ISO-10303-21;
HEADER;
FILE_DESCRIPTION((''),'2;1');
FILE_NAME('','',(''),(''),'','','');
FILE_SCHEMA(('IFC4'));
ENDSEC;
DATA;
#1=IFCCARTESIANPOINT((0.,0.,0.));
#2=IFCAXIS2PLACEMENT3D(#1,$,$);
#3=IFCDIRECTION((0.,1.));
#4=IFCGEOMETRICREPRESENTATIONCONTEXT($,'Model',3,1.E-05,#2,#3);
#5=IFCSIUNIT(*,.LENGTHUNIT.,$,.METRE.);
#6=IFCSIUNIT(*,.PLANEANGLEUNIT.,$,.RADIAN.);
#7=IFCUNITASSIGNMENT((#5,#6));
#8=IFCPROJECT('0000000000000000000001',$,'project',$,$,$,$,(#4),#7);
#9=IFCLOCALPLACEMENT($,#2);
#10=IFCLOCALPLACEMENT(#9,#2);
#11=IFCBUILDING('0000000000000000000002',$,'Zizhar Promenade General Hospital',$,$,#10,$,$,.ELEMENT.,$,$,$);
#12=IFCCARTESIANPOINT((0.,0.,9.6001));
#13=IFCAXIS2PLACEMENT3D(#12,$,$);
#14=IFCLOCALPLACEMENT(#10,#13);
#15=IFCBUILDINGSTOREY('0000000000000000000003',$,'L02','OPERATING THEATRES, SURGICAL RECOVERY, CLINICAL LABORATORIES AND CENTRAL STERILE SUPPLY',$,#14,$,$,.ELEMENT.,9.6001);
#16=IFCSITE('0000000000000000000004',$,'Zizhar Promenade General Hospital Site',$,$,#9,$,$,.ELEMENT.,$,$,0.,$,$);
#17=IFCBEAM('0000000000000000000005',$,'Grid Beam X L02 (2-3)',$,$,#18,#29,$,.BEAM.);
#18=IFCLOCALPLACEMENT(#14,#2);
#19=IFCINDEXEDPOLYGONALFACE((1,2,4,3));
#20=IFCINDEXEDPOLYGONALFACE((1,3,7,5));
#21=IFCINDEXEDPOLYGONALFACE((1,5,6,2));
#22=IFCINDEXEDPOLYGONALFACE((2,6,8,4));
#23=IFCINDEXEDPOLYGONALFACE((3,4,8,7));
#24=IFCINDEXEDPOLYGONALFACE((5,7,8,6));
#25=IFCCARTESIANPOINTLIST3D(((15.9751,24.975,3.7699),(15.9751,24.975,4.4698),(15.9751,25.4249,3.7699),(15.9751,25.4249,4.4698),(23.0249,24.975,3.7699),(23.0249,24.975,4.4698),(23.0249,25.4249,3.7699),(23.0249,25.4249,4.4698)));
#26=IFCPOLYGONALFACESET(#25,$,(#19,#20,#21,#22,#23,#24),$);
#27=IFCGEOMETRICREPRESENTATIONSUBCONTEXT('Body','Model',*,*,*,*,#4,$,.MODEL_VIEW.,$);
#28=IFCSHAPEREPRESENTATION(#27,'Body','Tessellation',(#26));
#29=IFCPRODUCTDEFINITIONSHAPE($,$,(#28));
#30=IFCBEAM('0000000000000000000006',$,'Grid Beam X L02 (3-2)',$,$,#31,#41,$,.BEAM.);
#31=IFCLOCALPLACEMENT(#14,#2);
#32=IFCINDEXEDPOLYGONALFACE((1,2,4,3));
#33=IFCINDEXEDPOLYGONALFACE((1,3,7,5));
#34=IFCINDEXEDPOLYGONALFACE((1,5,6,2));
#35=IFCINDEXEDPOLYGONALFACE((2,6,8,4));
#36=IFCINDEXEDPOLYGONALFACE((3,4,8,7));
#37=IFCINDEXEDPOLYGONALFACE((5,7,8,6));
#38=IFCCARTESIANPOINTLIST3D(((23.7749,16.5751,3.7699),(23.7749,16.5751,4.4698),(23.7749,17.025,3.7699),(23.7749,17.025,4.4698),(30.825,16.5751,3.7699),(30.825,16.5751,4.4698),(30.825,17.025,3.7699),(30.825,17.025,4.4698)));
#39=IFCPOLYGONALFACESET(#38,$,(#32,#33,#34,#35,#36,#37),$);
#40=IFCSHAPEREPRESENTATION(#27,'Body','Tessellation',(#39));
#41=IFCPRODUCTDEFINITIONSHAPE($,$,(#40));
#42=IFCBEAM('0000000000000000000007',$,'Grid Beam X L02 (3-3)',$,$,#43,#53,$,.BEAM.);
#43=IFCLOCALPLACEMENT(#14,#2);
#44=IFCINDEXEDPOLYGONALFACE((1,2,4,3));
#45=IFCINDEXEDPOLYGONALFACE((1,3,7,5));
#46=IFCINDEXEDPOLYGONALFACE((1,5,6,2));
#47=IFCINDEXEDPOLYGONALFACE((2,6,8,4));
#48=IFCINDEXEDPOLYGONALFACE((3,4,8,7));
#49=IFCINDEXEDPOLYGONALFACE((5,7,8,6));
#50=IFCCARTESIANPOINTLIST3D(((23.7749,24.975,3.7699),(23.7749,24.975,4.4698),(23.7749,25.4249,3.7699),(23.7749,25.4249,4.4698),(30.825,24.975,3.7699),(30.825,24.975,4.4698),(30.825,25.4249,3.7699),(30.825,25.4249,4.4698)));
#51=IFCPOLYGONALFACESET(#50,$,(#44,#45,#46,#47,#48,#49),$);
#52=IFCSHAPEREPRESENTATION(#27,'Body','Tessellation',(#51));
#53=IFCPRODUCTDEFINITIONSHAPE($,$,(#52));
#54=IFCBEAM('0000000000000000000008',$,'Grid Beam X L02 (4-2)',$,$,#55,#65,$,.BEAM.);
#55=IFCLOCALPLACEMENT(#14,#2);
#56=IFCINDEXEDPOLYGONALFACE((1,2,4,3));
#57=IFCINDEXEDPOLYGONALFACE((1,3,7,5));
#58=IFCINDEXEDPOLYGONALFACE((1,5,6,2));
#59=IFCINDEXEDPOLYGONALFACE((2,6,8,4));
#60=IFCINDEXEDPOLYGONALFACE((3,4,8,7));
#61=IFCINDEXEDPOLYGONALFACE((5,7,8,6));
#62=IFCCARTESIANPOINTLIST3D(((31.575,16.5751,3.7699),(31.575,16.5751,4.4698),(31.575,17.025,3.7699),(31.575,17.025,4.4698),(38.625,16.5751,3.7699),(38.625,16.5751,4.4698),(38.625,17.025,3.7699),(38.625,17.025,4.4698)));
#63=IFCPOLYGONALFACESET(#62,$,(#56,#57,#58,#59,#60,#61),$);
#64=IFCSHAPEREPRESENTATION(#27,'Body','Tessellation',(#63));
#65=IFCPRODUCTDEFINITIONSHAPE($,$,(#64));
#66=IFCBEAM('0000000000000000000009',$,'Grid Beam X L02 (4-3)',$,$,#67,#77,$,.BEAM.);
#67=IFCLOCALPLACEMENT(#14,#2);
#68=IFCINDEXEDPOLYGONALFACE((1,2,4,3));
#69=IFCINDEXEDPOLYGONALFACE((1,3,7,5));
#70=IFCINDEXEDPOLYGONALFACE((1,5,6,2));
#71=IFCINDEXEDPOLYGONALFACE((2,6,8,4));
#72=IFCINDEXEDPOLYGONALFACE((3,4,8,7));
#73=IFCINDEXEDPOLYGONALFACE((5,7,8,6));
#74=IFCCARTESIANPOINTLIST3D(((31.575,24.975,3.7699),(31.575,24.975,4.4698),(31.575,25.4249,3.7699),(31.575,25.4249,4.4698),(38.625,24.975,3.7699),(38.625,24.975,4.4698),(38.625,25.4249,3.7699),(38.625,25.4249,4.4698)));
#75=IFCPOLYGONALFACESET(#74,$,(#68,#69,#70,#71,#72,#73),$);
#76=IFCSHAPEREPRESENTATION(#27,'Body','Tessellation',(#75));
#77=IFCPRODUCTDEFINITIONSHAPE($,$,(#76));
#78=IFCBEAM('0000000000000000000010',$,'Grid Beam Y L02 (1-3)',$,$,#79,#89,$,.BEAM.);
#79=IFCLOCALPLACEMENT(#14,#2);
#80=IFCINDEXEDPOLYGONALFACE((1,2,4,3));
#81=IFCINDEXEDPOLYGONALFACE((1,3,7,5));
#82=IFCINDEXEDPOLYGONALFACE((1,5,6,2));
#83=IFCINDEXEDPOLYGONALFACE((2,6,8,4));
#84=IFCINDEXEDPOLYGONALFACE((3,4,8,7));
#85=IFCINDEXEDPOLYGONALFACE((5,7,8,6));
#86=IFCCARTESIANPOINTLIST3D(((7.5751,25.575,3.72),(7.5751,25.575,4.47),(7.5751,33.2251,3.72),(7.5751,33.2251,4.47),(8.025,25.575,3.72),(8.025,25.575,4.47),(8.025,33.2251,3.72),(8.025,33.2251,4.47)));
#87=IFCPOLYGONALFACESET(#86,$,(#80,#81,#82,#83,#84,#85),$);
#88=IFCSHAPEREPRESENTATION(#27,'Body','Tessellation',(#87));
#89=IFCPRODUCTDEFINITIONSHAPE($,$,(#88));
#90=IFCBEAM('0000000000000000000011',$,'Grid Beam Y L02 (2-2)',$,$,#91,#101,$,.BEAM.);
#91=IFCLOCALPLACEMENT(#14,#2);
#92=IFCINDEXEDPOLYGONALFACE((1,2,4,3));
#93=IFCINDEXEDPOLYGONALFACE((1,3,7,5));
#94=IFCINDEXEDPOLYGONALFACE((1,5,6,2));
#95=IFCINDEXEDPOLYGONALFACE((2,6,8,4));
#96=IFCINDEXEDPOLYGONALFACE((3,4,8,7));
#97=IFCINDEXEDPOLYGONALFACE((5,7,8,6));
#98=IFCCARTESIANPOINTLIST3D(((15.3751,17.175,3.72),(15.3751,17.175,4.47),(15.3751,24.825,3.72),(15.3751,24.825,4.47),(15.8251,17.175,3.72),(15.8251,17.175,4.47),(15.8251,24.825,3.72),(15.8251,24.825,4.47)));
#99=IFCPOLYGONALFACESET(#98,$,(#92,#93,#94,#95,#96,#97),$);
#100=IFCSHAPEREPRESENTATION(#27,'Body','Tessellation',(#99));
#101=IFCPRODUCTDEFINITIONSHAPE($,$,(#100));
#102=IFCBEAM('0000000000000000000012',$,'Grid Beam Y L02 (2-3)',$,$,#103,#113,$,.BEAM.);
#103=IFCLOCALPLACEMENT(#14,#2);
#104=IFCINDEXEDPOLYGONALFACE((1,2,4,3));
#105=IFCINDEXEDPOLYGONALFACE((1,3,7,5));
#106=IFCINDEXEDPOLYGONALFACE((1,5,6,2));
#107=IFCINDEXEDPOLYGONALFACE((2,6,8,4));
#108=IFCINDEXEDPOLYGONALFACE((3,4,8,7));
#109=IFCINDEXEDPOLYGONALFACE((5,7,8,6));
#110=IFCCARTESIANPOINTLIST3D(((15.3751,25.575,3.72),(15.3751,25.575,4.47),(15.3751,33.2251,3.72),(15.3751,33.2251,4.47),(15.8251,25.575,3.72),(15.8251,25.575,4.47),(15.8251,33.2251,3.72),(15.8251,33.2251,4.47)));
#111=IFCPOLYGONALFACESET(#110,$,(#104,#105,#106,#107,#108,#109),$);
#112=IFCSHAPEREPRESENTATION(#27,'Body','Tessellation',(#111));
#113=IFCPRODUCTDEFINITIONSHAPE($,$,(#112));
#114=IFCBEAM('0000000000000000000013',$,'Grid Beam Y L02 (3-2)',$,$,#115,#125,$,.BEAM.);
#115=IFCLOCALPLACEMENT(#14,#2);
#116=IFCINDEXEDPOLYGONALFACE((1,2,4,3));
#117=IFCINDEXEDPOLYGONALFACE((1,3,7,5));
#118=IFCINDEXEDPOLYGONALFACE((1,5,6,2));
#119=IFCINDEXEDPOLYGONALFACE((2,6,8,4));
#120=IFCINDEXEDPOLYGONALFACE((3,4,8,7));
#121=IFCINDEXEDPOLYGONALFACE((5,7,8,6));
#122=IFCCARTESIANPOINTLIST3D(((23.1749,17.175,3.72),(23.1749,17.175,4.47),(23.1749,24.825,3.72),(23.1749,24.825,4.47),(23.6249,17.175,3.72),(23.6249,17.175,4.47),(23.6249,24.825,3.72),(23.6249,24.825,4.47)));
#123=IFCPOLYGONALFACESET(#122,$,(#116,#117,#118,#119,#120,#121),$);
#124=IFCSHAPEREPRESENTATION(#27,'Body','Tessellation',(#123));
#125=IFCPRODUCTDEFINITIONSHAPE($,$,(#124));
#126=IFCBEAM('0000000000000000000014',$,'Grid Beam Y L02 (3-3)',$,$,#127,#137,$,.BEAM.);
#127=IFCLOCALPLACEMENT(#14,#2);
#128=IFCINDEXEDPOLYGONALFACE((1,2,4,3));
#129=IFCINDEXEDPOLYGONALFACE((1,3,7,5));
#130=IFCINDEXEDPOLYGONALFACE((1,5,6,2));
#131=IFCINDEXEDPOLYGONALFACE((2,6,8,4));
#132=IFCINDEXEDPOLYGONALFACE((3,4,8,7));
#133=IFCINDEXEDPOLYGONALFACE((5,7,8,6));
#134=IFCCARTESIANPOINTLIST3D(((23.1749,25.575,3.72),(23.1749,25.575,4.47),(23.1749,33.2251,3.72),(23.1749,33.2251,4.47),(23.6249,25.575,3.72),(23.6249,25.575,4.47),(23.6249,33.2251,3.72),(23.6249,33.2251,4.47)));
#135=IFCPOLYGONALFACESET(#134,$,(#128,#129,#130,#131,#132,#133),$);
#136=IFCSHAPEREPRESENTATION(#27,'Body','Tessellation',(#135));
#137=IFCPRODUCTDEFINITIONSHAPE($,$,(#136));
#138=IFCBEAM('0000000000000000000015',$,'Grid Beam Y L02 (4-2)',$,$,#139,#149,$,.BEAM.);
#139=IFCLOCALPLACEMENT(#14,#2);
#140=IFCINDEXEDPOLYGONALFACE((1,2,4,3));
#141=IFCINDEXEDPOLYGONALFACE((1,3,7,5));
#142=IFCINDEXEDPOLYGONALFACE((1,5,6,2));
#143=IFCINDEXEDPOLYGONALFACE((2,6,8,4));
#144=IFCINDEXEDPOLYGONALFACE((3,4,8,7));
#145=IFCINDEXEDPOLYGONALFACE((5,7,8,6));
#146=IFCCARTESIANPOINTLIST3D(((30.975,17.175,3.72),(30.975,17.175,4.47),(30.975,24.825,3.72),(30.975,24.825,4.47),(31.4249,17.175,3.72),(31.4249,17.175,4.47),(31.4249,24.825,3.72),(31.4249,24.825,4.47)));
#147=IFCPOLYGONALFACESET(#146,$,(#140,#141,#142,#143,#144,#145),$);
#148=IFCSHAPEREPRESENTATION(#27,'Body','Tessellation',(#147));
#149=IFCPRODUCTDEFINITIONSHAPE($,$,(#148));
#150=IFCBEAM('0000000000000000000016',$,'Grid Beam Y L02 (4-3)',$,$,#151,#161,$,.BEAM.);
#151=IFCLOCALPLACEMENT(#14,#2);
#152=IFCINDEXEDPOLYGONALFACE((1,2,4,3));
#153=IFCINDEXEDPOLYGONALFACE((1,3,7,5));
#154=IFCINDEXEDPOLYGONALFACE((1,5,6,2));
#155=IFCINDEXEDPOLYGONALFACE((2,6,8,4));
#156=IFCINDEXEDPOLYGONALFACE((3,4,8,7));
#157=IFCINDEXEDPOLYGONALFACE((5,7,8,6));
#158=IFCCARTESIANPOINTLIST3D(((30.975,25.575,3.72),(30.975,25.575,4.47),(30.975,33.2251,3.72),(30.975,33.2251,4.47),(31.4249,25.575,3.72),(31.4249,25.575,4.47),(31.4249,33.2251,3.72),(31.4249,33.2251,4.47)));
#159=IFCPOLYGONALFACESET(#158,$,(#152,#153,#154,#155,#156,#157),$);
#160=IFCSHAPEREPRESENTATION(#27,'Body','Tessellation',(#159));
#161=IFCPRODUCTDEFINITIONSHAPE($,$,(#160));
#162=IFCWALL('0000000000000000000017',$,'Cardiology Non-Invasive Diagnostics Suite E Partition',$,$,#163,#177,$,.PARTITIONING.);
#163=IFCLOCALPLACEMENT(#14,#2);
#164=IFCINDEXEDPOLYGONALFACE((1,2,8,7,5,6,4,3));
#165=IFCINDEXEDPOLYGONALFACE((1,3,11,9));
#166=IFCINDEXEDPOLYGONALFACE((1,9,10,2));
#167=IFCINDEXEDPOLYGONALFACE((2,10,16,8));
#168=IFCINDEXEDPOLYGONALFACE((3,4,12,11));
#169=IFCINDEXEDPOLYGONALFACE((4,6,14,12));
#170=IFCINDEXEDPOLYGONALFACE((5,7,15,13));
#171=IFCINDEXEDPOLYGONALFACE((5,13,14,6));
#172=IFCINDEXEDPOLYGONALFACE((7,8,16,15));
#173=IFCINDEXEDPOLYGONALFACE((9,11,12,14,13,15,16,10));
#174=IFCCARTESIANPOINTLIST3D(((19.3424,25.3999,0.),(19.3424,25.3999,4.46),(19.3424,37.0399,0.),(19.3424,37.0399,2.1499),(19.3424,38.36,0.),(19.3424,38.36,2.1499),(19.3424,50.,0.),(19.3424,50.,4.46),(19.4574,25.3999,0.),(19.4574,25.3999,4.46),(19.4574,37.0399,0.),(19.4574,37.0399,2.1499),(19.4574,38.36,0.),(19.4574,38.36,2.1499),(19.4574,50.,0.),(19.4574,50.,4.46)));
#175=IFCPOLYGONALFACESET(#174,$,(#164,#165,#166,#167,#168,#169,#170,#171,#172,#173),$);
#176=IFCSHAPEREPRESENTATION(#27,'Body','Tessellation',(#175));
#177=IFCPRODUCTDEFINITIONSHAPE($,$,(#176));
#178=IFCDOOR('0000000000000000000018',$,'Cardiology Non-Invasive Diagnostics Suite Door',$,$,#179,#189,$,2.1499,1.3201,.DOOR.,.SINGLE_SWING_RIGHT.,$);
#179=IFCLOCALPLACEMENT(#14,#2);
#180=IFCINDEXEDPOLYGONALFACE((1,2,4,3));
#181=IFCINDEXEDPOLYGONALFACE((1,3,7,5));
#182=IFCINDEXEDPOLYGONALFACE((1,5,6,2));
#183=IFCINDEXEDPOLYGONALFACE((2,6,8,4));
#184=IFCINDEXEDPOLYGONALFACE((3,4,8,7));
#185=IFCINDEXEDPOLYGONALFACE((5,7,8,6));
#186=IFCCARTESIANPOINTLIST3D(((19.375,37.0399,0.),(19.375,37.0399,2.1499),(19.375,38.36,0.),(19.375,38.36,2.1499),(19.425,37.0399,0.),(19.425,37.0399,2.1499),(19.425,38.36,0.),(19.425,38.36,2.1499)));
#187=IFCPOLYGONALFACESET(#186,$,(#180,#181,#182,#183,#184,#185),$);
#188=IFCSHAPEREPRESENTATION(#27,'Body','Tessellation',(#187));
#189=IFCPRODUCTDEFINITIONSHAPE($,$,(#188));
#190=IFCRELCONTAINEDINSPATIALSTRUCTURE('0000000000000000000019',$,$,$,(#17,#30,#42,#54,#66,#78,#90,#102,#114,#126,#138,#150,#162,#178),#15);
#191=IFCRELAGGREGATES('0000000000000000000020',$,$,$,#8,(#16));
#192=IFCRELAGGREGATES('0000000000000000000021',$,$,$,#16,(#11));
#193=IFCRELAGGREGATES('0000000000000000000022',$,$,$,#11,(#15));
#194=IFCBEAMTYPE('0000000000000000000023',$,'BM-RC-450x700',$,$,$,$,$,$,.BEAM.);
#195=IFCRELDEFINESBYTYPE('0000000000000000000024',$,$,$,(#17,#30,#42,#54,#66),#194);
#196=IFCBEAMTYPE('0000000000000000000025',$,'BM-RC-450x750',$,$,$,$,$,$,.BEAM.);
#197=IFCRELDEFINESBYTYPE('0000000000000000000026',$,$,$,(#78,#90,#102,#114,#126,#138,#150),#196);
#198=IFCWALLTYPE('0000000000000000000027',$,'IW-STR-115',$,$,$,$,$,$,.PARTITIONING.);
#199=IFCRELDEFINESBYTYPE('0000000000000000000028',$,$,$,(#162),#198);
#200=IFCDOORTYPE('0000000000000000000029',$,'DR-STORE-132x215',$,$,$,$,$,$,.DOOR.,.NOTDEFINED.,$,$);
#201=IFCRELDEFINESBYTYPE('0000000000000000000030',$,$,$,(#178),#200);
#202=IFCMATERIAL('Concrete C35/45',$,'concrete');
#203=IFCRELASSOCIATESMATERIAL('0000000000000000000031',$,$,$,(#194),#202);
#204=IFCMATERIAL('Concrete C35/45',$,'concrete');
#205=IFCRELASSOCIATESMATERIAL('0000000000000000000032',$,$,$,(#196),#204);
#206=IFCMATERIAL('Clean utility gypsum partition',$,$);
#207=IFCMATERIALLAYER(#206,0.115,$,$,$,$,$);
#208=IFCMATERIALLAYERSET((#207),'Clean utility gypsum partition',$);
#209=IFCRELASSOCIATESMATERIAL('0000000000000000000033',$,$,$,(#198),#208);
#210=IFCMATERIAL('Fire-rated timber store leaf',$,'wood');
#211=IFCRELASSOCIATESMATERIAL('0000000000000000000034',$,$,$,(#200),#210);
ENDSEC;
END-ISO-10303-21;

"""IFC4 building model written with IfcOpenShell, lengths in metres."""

from ifc_helpers import new_model, si_unit, direction, frame, frame_2d, origin, origin_2d, place, context, subcontext, project, spatial, rectangle, extrude, material, layer, layer_set, material_profile, profile_set, type_object, element, fill, save


model = new_model("IFC4")

# Units and contexts
model_context = context("Model", 3, precision=1e-05, world=origin(), true_north=direction((0.0, 1.0)))
body_context = subcontext(model_context, "Body", "Model", "MODEL_VIEW")
ifc_project = project(units=[si_unit("LENGTHUNIT", "METRE"), si_unit("PLANEANGLEUNIT", "RADIAN")], contexts=[model_context])

# Site, building, storey
site_placement = place(None, origin())
site = spatial("IfcSite", under=ifc_project, at=site_placement, Name="Zizhar Promenade General Hospital Site", CompositionType="ELEMENT", RefElevation=0.0)
building_placement = place(site_placement, origin())
building = spatial("IfcBuilding", under=site, at=building_placement, Name="Zizhar Promenade General Hospital", CompositionType="ELEMENT")
storey_placement = place(building_placement, frame((0.0, 0.0, 9.6001)))
storey = spatial("IfcBuildingStorey", under=building, at=storey_placement, Name="L02", Description="OPERATING THEATRES, SURGICAL RECOVERY, CLINICAL LABORATORIES AND CENTRAL STERILE SUPPLY", CompositionType="ELEMENT", Elevation=9.6001)

# Beams
ifc_material_1 = material(Name="Concrete C35/45", Category="concrete")
ifc_material_profile_1 = material_profile(ifc_material_1, rectangle(XDim=0.45, YDim=0.7, at=origin_2d()))
ifc_profile_set_1 = profile_set([ifc_material_profile_1], Name="Concrete C35/45")
beam_type_1 = type_object("IfcBeamType", Name="BM-RC-450x700", PredefinedType="BEAM", material=ifc_profile_set_1)
for number, where, z_axis, x_axis, name in (
    (1, (15.9751, 25.2, 4.1199), (1.0, 0.0, 0.0), (0.0, 1.0, 0.0), "Grid Beam X L02 (2-3)"),
):
    element("IfcBeam", number, at=place(storey_placement, frame(where, z_axis=z_axis, x_axis=x_axis)), inside=storey, type_object=beam_type_1, Name=name, PredefinedType="BEAM", context=body_context, shape_type="SweptSolid", body=[
        extrude(rectangle(XDim=0.45, YDim=0.7, at=origin_2d()), origin(), (0.0, 0.0, 1.0), 7.0498),
    ])
for number, where, z_axis, x_axis, name in (
    (2, (23.7749, 16.8, 4.1199), (1.0, 0.0, 0.0), (0.0, 1.0, 0.0), "Grid Beam X L02 (3-2)"),
    (3, (23.7749, 25.2, 4.1199), (1.0, 0.0, 0.0), (0.0, 1.0, 0.0), "Grid Beam X L02 (3-3)"),
    (4, (31.575, 16.8, 4.1199), (1.0, 0.0, 0.0), (0.0, 1.0, 0.0), "Grid Beam X L02 (4-2)"),
    (5, (31.575, 25.2, 4.1199), (1.0, 0.0, 0.0), (0.0, 1.0, 0.0), "Grid Beam X L02 (4-3)"),
):
    element("IfcBeam", number, at=place(storey_placement, frame(where, z_axis=z_axis, x_axis=x_axis)), inside=storey, type_object=beam_type_1, Name=name, PredefinedType="BEAM", context=body_context, shape_type="SweptSolid", body=[
        extrude(rectangle(XDim=0.45, YDim=0.7, at=origin_2d()), origin(), (0.0, 0.0, 1.0), 7.05),
    ])
ifc_material_2 = material(Name="Concrete C35/45", Category="concrete")
ifc_material_profile_2 = material_profile(ifc_material_2, rectangle(XDim=0.45, YDim=0.75, at=origin_2d()))
ifc_profile_set_2 = profile_set([ifc_material_profile_2], Name="Concrete C35/45")
beam_type_2 = type_object("IfcBeamType", Name="BM-RC-450x750", PredefinedType="BEAM", material=ifc_profile_set_2)
beam_1_placement = place(storey_placement, frame((7.8, 25.575, 4.095), z_axis=(0.0, 1.0, 0.0), x_axis=(-1.0, 0.0, 0.0)))
element("IfcBeam", 6, at=beam_1_placement, inside=storey, type_object=beam_type_2, Name="Grid Beam Y L02 (1-3)", PredefinedType="BEAM", context=body_context, shape_type="SweptSolid", body=[
    extrude(rectangle(XDim=0.45, YDim=0.75, at=origin_2d()), origin(), (0.0, 0.0, 1.0), 7.6501),
])
beam_2_placement = place(storey_placement, frame((15.6001, 17.175, 4.095), z_axis=(0.0, 1.0, 0.0), x_axis=(-1.0, 0.0, 0.0)))
element("IfcBeam", 7, at=beam_2_placement, inside=storey, type_object=beam_type_2, Name="Grid Beam Y L02 (2-2)", PredefinedType="BEAM", context=body_context, shape_type="SweptSolid", body=[
    extrude(rectangle(XDim=0.45, YDim=0.75, at=origin_2d()), origin(), (0.0, 0.0, 1.0), 7.6499),
])
beam_3_placement = place(storey_placement, frame((15.6001, 25.575, 4.095), z_axis=(0.0, 1.0, 0.0), x_axis=(-1.0, 0.0, 0.0)))
element("IfcBeam", 8, at=beam_3_placement, inside=storey, type_object=beam_type_2, Name="Grid Beam Y L02 (2-3)", PredefinedType="BEAM", context=body_context, shape_type="SweptSolid", body=[
    extrude(rectangle(XDim=0.45, YDim=0.75, at=origin_2d()), origin(), (0.0, 0.0, 1.0), 7.6501),
])
beam_4_placement = place(storey_placement, frame((23.3999, 17.175, 4.095), z_axis=(0.0, 1.0, 0.0), x_axis=(-1.0, 0.0, 0.0)))
element("IfcBeam", 9, at=beam_4_placement, inside=storey, type_object=beam_type_2, Name="Grid Beam Y L02 (3-2)", PredefinedType="BEAM", context=body_context, shape_type="SweptSolid", body=[
    extrude(rectangle(XDim=0.45, YDim=0.75, at=origin_2d()), origin(), (0.0, 0.0, 1.0), 7.6499),
])
beam_5_placement = place(storey_placement, frame((23.3999, 25.575, 4.095), z_axis=(0.0, 1.0, 0.0), x_axis=(-1.0, 0.0, 0.0)))
element("IfcBeam", 10, at=beam_5_placement, inside=storey, type_object=beam_type_2, Name="Grid Beam Y L02 (3-3)", PredefinedType="BEAM", context=body_context, shape_type="SweptSolid", body=[
    extrude(rectangle(XDim=0.45, YDim=0.75, at=origin_2d()), origin(), (0.0, 0.0, 1.0), 7.6501),
])
beam_6_placement = place(storey_placement, frame((31.2, 17.175, 4.095), z_axis=(0.0, 1.0, 0.0), x_axis=(-1.0, 0.0, 0.0)))
element("IfcBeam", 11, at=beam_6_placement, inside=storey, type_object=beam_type_2, Name="Grid Beam Y L02 (4-2)", PredefinedType="BEAM", context=body_context, shape_type="SweptSolid", body=[
    extrude(rectangle(XDim=0.45, YDim=0.75, at=origin_2d()), origin(), (0.0, 0.0, 1.0), 7.6499),
])
beam_7_placement = place(storey_placement, frame((31.2, 25.575, 4.095), z_axis=(0.0, 1.0, 0.0), x_axis=(-1.0, 0.0, 0.0)))
element("IfcBeam", 12, at=beam_7_placement, inside=storey, type_object=beam_type_2, Name="Grid Beam Y L02 (4-3)", PredefinedType="BEAM", context=body_context, shape_type="SweptSolid", body=[
    extrude(rectangle(XDim=0.45, YDim=0.75, at=origin_2d()), origin(), (0.0, 0.0, 1.0), 7.6501),
])

# Wall, opening, door
ifc_material_3 = material(Name="Clean utility gypsum partition")
ifc_layer = layer(ifc_material_3, 0.115)
ifc_layer_set = layer_set([ifc_layer], Name="Clean utility gypsum partition")
wall_type = type_object("IfcWallType", Name="IW-STR-115", PredefinedType="PARTITIONING", material=ifc_layer_set)
wall_1_placement = place(storey_placement, frame((19.3999, 25.3999, 0.0), z_axis=(0.0, 0.0, 1.0), x_axis=(0.0, 1.0, 0.0)))
wall_1 = element("IfcWall", 13, at=wall_1_placement, inside=storey, type_object=wall_type, Name="Cardiology Non-Invasive Diagnostics Suite E Partition", PredefinedType="PARTITIONING", context=body_context, shape_type="SweptSolid", body=[
    extrude(rectangle(XDim=24.6001, YDim=0.115, at=frame_2d((12.3, 0.0))), origin(), (0.0, 0.0, 1.0), 4.46),
])
opening_placement = place(wall_1_placement, frame((11.6399, 0.0, 0.0)))
opening = element("IfcOpeningElement", 14, at=opening_placement, cuts=wall_1, PredefinedType="OPENING", context=body_context, shape_type="SweptSolid", body=[
    extrude(rectangle(XDim=1.3201, YDim=2.1499, at=frame_2d((0.6602, 1.075))), frame((0.0, 0.0674, 0.0), z_axis=(0.0, -1.0, 0.0), x_axis=(1.0, 0.0, 0.0)), (0.0, 0.0, 1.0), 0.135),
])
ifc_material_4 = material(Name="Fire-rated timber store leaf", Category="wood")
door_type = type_object("IfcDoorType", Name="DR-STORE-132x215", OperationType="NOTDEFINED", PredefinedType="DOOR", material=ifc_material_4)
door_placement = place(opening_placement, origin())
door = element("IfcDoor", 15, at=door_placement, inside=storey, type_object=door_type, Name="Cardiology Non-Invasive Diagnostics Suite Door", OperationType="SINGLE_SWING_RIGHT", OverallHeight=2.1499, OverallWidth=1.3201, PredefinedType="DOOR", context=body_context, shape_type="SweptSolid", body=[
    extrude(rectangle(XDim=1.3201, YDim=2.1499, at=frame_2d((0.6602, 1.075))), frame((0.0, 0.0249, 0.0), z_axis=(0.0, -1.0, 0.0), x_axis=(1.0, 0.0, 0.0)), (0.0, 0.0, 1.0), 0.05),
])
fill(opening, door)

save(model, "model.ifc")
